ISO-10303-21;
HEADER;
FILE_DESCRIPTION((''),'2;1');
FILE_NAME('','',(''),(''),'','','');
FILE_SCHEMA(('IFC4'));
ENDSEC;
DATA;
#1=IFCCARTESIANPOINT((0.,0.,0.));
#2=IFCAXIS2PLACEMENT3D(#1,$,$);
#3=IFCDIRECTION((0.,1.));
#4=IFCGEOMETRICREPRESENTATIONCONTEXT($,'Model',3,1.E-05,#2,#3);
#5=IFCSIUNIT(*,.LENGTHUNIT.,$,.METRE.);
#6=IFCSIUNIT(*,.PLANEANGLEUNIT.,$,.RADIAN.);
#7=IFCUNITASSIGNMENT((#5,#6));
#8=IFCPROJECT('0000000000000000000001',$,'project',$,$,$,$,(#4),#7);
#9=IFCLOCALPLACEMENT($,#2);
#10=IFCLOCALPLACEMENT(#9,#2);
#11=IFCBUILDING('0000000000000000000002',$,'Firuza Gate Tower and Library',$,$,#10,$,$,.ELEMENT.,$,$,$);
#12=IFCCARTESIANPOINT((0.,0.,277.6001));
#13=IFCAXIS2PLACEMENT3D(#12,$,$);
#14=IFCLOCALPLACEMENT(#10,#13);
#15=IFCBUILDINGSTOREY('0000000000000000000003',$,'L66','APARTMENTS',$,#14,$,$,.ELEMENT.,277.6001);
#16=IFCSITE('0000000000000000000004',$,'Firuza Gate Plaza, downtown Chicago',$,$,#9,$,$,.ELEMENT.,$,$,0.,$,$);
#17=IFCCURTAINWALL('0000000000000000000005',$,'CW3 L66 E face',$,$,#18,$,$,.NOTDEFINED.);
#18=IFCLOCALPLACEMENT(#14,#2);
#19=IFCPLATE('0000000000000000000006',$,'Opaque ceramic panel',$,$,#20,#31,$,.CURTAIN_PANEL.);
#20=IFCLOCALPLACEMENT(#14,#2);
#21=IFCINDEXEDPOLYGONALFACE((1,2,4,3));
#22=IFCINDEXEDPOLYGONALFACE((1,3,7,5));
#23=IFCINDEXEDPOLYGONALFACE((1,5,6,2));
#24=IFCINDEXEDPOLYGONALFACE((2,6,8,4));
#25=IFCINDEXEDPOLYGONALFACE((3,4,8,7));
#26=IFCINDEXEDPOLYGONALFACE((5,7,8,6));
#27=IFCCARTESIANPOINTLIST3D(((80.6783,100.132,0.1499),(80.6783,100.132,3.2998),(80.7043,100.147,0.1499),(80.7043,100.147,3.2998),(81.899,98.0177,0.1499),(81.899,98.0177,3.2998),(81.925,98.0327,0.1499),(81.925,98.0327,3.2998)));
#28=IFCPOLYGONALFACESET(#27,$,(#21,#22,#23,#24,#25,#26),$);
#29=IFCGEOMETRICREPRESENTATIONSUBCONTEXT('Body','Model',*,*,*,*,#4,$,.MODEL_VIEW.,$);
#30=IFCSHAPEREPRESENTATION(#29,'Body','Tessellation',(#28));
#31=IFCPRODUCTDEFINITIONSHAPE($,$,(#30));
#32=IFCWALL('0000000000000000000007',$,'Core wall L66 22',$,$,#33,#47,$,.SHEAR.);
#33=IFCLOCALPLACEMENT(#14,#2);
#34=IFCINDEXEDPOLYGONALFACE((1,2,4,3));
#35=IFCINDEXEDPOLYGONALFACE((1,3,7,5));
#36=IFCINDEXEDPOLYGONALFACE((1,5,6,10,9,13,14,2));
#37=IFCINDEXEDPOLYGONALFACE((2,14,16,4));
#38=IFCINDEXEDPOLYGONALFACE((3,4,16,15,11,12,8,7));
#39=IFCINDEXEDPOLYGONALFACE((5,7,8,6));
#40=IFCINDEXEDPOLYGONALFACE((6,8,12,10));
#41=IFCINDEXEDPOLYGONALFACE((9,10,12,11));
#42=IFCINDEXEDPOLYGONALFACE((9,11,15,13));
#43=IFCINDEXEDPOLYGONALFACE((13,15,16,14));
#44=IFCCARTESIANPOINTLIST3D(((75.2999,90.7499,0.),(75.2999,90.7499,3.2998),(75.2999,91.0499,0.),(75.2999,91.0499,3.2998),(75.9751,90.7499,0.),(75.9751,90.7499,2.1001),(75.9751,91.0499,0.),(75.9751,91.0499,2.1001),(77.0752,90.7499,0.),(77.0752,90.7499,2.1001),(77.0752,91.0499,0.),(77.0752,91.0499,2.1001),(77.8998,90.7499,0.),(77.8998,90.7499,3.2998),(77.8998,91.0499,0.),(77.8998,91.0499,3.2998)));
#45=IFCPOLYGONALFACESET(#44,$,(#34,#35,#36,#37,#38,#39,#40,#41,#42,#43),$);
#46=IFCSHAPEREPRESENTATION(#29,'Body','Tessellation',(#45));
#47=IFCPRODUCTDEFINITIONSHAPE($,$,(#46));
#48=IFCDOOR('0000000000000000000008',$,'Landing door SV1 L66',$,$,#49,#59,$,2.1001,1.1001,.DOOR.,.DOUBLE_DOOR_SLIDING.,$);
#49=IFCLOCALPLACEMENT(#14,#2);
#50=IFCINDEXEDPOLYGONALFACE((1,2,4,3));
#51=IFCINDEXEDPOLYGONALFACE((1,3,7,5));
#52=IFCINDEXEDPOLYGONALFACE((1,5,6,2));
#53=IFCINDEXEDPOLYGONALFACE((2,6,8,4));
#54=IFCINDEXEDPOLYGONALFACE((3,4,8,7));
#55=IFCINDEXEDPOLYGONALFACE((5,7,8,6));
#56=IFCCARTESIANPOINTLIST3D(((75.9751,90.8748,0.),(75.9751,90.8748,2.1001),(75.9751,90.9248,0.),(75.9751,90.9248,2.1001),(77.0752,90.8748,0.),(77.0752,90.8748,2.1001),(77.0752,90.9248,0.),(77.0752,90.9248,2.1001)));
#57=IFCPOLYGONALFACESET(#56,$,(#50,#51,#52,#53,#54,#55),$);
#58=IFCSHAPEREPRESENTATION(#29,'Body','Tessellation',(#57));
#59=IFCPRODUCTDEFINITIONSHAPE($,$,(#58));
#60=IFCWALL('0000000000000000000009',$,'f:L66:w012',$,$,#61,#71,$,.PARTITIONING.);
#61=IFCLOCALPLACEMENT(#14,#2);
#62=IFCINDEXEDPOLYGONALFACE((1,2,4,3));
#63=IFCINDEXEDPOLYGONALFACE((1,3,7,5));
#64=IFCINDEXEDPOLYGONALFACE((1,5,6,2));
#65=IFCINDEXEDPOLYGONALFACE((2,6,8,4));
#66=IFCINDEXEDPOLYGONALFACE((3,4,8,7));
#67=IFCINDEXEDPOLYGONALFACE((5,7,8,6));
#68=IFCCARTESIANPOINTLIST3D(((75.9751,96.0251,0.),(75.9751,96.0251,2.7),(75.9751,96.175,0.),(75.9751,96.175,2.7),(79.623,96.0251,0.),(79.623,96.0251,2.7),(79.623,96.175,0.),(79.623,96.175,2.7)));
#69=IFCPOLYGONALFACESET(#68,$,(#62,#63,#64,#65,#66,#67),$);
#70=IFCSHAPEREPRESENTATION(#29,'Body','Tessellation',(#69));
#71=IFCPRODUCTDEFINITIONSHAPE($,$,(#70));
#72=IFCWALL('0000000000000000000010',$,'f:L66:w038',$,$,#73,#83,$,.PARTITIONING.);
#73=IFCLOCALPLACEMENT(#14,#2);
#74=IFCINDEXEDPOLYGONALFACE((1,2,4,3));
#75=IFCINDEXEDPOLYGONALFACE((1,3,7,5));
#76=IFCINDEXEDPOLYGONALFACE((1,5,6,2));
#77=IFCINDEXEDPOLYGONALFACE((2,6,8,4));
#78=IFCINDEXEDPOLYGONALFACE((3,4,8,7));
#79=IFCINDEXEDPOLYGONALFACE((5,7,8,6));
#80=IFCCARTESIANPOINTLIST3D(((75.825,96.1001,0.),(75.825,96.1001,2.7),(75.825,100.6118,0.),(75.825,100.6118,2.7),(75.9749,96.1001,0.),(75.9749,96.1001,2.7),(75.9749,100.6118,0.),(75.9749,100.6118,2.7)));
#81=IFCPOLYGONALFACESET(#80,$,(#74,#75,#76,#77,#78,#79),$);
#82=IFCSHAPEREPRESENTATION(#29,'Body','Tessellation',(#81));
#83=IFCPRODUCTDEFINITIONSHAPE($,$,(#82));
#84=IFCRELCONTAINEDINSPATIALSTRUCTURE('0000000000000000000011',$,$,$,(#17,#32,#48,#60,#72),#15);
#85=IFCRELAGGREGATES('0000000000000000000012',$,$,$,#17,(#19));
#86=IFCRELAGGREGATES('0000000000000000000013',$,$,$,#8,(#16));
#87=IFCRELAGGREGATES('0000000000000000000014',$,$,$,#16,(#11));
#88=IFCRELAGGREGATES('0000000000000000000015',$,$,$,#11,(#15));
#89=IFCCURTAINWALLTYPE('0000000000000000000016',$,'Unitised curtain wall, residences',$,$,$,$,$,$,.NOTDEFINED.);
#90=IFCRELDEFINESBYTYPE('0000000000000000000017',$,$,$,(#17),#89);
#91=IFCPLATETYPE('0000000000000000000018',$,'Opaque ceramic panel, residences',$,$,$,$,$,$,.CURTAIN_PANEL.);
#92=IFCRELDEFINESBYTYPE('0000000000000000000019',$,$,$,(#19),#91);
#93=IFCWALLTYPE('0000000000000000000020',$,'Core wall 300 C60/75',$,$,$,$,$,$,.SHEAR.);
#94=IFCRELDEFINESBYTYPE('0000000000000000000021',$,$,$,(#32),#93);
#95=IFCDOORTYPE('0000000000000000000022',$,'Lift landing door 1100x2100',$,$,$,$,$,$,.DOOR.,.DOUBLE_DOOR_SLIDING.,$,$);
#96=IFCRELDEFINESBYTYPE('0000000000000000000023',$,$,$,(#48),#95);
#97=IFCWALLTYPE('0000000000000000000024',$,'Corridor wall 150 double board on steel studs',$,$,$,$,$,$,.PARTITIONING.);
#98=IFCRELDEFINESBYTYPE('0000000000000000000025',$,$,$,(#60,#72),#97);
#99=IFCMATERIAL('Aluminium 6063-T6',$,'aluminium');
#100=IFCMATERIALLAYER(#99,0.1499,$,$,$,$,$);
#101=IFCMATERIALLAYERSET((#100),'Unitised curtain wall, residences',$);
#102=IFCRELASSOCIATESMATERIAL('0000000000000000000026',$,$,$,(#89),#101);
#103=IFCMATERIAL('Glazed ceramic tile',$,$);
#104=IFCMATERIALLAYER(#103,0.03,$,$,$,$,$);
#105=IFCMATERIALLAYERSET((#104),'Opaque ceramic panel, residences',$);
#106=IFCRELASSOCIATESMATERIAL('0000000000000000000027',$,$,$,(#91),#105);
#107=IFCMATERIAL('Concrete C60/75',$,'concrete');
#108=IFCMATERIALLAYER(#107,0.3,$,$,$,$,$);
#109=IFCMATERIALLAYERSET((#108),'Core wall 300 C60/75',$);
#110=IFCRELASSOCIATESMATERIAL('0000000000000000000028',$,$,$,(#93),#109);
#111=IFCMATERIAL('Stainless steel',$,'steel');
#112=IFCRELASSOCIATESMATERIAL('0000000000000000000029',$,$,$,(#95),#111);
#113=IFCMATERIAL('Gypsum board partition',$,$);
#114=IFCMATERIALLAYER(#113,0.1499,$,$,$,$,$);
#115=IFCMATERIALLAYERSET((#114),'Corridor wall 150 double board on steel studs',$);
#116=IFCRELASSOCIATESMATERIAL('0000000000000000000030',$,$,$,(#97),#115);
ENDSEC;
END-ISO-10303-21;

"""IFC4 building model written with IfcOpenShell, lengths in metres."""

from ifc_helpers import new_model, si_unit, direction, frame, frame_2d, origin, place, context, subcontext, project, spatial, polyline, rectangle, outline, extrude, material, layer, layer_set, type_object, element, fill, aggregate, save


model = new_model("IFC4")

# Units and contexts
model_context = context("Model", 3, precision=1e-05, world=origin(), true_north=direction((0.0, 1.0)))
body_context = subcontext(model_context, "Body", "Model", "MODEL_VIEW")
ifc_project = project(units=[si_unit("LENGTHUNIT", "METRE"), si_unit("PLANEANGLEUNIT", "RADIAN")], contexts=[model_context])

# Site, building, storey
site_placement = place(None, origin())
site = spatial("IfcSite", under=ifc_project, at=site_placement, Name="Firuza Gate Plaza, downtown Chicago", CompositionType="ELEMENT", RefElevation=0.0)
building_placement = place(site_placement, origin())
building = spatial("IfcBuilding", under=site, at=building_placement, Name="Firuza Gate Tower and Library", CompositionType="ELEMENT")
storey_placement = place(building_placement, frame((0.0, 0.0, 277.6001)))
storey = spatial("IfcBuildingStorey", under=building, at=storey_placement, Name="L66", Description="APARTMENTS", CompositionType="ELEMENT", Elevation=277.6001)

# Curtain wall
ifc_material_1 = material(Name="Aluminium 6063-T6", Category="aluminium")
ifc_layer_1 = layer(ifc_material_1, 0.1499)
ifc_layer_set_1 = layer_set([ifc_layer_1], Name="Unitised curtain wall, residences")
curtain_wall_type = type_object("IfcCurtainWallType", Name="Unitised curtain wall, residences", PredefinedType="NOTDEFINED", material=ifc_layer_set_1)
curtain_wall_placement = place(storey_placement, origin())
curtain_wall = element("IfcCurtainWall", 1, at=curtain_wall_placement, inside=storey, type_object=curtain_wall_type, Name="CW3 L66 E face", PredefinedType="NOTDEFINED")

# Plate
ifc_material_2 = material(Name="Glazed ceramic tile")
ifc_layer_2 = layer(ifc_material_2, 0.03)
ifc_layer_set_2 = layer_set([ifc_layer_2], Name="Opaque ceramic panel, residences")
plate_type_1 = type_object("IfcPlateType", Name="Opaque ceramic panel, residences", PredefinedType="CURTAIN_PANEL", material=ifc_layer_set_2)
plate_1_placement = place(storey_placement, frame((81.925, 98.0327, 0.1499), z_axis=(0.866019, 0.500011, 0.0), x_axis=(-0.500011, 0.866019, 0.0)))
plate_1 = element("IfcPlate", 2, at=plate_1_placement, type_object=plate_type_1, Name="Opaque ceramic panel", PredefinedType="CURTAIN_PANEL", context=body_context, shape_type="SweptSolid", body=[
    extrude(outline(polyline([(0.0, 0.0), (2.4414, 0.0), (2.4414, 3.1499), (0.0, 3.1499), (0.0, 0.0)])), origin(), (0.0, 0.0, -1.0), 0.03),
])
aggregate(curtain_wall, [plate_1])

# Wall, opening, door
ifc_material_3 = material(Name="Concrete C60/75", Category="concrete")
ifc_layer_3 = layer(ifc_material_3, 0.3)
ifc_layer_set_3 = layer_set([ifc_layer_3], Name="Core wall 300 C60/75")
wall_type_1 = type_object("IfcWallType", Name="Core wall 300 C60/75", PredefinedType="SHEAR", material=ifc_layer_set_3)
wall_1_placement = place(storey_placement, frame((75.3, 90.8999, 0.0), z_axis=(0.0, 0.0, 1.0), x_axis=(1.0, 0.0, 0.0)))
wall_1 = element("IfcWall", 3, at=wall_1_placement, inside=storey, type_object=wall_type_1, Name="Core wall L66 22", PredefinedType="SHEAR", context=body_context, shape_type="SweptSolid", body=[
    extrude(rectangle(XDim=2.5999, YDim=0.3, at=frame_2d((1.2998, 0.0))), origin(), (0.0, 0.0, 1.0), 3.2998),
])
opening_placement = place(wall_1_placement, frame((0.675, 0.0, 0.0)))
opening = element("IfcOpeningElement", 4, at=opening_placement, cuts=wall_1, PredefinedType="OPENING", context=body_context, shape_type="SweptSolid", body=[
    extrude(rectangle(XDim=1.1001, YDim=2.1001, at=frame_2d((0.55, 1.05))), frame((0.0, 0.1602, 0.0), z_axis=(0.0, -1.0, 0.0), x_axis=(1.0, 0.0, 0.0)), (0.0, 0.0, 1.0), 0.3201),
])
ifc_material_4 = material(Name="Stainless steel", Category="steel")
door_type = type_object("IfcDoorType", Name="Lift landing door 1100x2100", OperationType="DOUBLE_DOOR_SLIDING", PredefinedType="DOOR", material=ifc_material_4)
door_placement = place(opening_placement, origin())
door = element("IfcDoor", 5, at=door_placement, inside=storey, type_object=door_type, Name="Landing door SV1 L66", OperationType="DOUBLE_DOOR_SLIDING", OverallHeight=2.1001, OverallWidth=1.1001, PredefinedType="DOOR", context=body_context, shape_type="SweptSolid", body=[
    extrude(rectangle(XDim=1.1001, YDim=2.1001, at=frame_2d((0.55, 1.05))), frame((0.0, 0.0249, 0.0), z_axis=(0.0, -1.0, 0.0), x_axis=(1.0, 0.0, 0.0)), (0.0, 0.0, 1.0), 0.05),
])
fill(opening, door)

# Walls
ifc_material_5 = material(Name="Gypsum board partition")
ifc_layer_4 = layer(ifc_material_5, 0.1499)
ifc_layer_set_4 = layer_set([ifc_layer_4], Name="Corridor wall 150 double board on steel studs")
wall_type_2 = type_object("IfcWallType", Name="Corridor wall 150 double board on steel studs", PredefinedType="PARTITIONING", material=ifc_layer_set_4)
wall_2_placement = place(storey_placement, frame((75.9751, 96.1001, 0.0), z_axis=(0.0, 0.0, 1.0), x_axis=(1.0, 0.0, 0.0)))
element("IfcWall", 6, at=wall_2_placement, inside=storey, type_object=wall_type_2, Name="f:L66:w012", PredefinedType="PARTITIONING", context=body_context, shape_type="SweptSolid", body=[
    extrude(rectangle(XDim=3.6479, YDim=0.1499, at=frame_2d((1.824, 0.0))), origin(), (0.0, 0.0, 1.0), 2.7),
])
wall_3_placement = place(storey_placement, frame((75.8999, 96.1001, 0.0), z_axis=(0.0, 0.0, 1.0), x_axis=(0.0, 1.0, 0.0)))
element("IfcWall", 7, at=wall_3_placement, inside=storey, type_object=wall_type_2, Name="f:L66:w038", PredefinedType="PARTITIONING", context=body_context, shape_type="SweptSolid", body=[
    extrude(rectangle(XDim=4.5117, YDim=0.1499, at=frame_2d((2.2559, 0.0))), origin(), (0.0, 0.0, 1.0), 2.7),
])

save(model, "model.ifc")
